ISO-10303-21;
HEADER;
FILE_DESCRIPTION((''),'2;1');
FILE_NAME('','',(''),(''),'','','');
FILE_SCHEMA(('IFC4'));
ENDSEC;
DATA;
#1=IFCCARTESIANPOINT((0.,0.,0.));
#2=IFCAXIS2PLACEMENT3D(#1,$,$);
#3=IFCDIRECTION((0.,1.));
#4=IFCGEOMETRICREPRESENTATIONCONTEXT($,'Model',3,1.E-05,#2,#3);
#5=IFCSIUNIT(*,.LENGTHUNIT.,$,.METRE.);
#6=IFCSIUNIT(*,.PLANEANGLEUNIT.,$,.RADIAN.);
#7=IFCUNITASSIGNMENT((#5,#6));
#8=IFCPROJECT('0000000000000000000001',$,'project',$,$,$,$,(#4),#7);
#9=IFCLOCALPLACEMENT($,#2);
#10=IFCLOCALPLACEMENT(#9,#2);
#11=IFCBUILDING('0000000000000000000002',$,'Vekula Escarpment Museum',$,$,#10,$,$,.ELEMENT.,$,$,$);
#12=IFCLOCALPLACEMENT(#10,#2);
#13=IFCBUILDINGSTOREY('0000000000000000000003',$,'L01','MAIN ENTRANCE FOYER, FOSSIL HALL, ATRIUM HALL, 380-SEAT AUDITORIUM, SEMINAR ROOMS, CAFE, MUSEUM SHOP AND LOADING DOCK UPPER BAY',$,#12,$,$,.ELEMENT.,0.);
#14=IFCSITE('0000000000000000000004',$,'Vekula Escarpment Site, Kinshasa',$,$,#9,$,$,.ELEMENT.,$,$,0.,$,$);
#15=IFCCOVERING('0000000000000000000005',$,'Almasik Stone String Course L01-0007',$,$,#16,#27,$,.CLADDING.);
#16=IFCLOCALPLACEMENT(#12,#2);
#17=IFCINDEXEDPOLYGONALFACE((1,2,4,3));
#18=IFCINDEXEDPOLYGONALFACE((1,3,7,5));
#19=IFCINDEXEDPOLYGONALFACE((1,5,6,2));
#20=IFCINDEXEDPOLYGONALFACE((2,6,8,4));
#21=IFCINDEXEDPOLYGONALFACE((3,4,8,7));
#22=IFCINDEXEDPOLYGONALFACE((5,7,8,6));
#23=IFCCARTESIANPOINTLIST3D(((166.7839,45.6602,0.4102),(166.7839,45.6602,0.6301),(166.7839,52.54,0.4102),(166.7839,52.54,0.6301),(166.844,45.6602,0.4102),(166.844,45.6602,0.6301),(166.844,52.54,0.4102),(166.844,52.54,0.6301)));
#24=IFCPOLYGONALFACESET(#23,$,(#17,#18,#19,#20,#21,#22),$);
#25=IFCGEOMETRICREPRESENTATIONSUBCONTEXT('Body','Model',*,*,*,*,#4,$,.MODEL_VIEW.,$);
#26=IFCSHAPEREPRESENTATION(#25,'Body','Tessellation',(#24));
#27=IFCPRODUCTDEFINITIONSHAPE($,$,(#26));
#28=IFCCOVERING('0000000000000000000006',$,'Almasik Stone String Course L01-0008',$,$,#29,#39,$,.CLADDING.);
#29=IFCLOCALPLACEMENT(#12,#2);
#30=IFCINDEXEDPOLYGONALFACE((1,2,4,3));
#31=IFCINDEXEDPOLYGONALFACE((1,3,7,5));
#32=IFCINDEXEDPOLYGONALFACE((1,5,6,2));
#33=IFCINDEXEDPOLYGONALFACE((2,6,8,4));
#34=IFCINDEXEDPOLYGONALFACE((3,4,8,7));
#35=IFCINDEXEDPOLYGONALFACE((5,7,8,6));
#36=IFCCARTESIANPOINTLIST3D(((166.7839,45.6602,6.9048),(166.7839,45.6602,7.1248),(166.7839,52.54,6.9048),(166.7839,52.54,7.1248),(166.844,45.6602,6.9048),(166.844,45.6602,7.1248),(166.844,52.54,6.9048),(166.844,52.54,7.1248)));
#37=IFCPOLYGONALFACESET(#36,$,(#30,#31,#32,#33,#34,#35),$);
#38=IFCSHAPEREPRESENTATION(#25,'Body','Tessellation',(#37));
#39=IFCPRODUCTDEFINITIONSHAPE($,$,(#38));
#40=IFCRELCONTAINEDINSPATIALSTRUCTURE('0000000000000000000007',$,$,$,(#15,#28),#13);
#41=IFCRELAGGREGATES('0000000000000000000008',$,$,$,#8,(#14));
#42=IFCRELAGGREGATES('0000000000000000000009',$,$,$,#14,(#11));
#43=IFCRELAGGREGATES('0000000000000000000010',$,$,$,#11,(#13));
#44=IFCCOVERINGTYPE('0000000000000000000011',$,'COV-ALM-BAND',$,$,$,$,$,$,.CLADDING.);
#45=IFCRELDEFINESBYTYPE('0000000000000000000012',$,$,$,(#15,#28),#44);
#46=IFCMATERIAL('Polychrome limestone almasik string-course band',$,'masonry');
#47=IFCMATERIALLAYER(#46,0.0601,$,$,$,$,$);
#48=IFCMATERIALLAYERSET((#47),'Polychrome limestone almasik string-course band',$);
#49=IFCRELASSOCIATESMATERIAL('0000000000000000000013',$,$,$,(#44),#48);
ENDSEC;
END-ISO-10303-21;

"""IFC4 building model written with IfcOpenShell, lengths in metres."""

from ifc_helpers import new_model, si_unit, direction, frame, origin, origin_2d, place, context, subcontext, project, spatial, rectangle, extrude, material, layer, layer_set, type_object, element, save


model = new_model("IFC4")

# Units and contexts
model_context = context("Model", 3, precision=1e-05, world=origin(), true_north=direction((0.0, 1.0)))
body_context = subcontext(model_context, "Body", "Model", "MODEL_VIEW")
ifc_project = project(units=[si_unit("LENGTHUNIT", "METRE"), si_unit("PLANEANGLEUNIT", "RADIAN")], contexts=[model_context])

# Site, building, storey
site_placement = place(None, origin())
site = spatial("IfcSite", under=ifc_project, at=site_placement, Name="Vekula Escarpment Site, Kinshasa", CompositionType="ELEMENT", RefElevation=0.0)
building_placement = place(site_placement, origin())
building = spatial("IfcBuilding", under=site, at=building_placement, Name="Vekula Escarpment Museum", CompositionType="ELEMENT")
storey_placement = place(building_placement, origin())
storey = spatial("IfcBuildingStorey", under=building, at=storey_placement, Name="L01", Description="MAIN ENTRANCE FOYER, FOSSIL HALL, ATRIUM HALL, 380-SEAT AUDITORIUM, SEMINAR ROOMS, CAFE, MUSEUM SHOP AND LOADING DOCK UPPER BAY", CompositionType="ELEMENT", Elevation=0.0)

# Coverings
ifc_material_1 = material(Name="Polychrome limestone almasik string-course band", Category="masonry")
ifc_layer_1 = layer(ifc_material_1, 0.0601)
ifc_layer_set_1 = layer_set([ifc_layer_1], Name="Polychrome limestone almasik string-course band")
covering_type = type_object("IfcCoveringType", Name="COV-ALM-BAND", PredefinedType="CLADDING", material=ifc_layer_set_1)
for number, where, z_axis, x_axis, name in (
    (1, (166.814, 49.1001, 0.4102), (0.0, 0.0, 1.0), (0.0, 1.0, 0.0), "Almasik Stone String Course L01-0007"),
    (2, (166.814, 49.1001, 6.9048), (0.0, 0.0, 1.0), (0.0, 1.0, 0.0), "Almasik Stone String Course L01-0008"),
):
    element("IfcCovering", number, at=place(storey_placement, frame(where, z_axis=z_axis, x_axis=x_axis)), inside=storey, type_object=covering_type, Name=name, PredefinedType="CLADDING", context=body_context, shape_type="SweptSolid", body=[
        extrude(rectangle(XDim=6.8799, YDim=0.0601, at=origin_2d()), origin(), (0.0, 0.0, 1.0), 0.22),
    ])

save(model, "model.ifc")
